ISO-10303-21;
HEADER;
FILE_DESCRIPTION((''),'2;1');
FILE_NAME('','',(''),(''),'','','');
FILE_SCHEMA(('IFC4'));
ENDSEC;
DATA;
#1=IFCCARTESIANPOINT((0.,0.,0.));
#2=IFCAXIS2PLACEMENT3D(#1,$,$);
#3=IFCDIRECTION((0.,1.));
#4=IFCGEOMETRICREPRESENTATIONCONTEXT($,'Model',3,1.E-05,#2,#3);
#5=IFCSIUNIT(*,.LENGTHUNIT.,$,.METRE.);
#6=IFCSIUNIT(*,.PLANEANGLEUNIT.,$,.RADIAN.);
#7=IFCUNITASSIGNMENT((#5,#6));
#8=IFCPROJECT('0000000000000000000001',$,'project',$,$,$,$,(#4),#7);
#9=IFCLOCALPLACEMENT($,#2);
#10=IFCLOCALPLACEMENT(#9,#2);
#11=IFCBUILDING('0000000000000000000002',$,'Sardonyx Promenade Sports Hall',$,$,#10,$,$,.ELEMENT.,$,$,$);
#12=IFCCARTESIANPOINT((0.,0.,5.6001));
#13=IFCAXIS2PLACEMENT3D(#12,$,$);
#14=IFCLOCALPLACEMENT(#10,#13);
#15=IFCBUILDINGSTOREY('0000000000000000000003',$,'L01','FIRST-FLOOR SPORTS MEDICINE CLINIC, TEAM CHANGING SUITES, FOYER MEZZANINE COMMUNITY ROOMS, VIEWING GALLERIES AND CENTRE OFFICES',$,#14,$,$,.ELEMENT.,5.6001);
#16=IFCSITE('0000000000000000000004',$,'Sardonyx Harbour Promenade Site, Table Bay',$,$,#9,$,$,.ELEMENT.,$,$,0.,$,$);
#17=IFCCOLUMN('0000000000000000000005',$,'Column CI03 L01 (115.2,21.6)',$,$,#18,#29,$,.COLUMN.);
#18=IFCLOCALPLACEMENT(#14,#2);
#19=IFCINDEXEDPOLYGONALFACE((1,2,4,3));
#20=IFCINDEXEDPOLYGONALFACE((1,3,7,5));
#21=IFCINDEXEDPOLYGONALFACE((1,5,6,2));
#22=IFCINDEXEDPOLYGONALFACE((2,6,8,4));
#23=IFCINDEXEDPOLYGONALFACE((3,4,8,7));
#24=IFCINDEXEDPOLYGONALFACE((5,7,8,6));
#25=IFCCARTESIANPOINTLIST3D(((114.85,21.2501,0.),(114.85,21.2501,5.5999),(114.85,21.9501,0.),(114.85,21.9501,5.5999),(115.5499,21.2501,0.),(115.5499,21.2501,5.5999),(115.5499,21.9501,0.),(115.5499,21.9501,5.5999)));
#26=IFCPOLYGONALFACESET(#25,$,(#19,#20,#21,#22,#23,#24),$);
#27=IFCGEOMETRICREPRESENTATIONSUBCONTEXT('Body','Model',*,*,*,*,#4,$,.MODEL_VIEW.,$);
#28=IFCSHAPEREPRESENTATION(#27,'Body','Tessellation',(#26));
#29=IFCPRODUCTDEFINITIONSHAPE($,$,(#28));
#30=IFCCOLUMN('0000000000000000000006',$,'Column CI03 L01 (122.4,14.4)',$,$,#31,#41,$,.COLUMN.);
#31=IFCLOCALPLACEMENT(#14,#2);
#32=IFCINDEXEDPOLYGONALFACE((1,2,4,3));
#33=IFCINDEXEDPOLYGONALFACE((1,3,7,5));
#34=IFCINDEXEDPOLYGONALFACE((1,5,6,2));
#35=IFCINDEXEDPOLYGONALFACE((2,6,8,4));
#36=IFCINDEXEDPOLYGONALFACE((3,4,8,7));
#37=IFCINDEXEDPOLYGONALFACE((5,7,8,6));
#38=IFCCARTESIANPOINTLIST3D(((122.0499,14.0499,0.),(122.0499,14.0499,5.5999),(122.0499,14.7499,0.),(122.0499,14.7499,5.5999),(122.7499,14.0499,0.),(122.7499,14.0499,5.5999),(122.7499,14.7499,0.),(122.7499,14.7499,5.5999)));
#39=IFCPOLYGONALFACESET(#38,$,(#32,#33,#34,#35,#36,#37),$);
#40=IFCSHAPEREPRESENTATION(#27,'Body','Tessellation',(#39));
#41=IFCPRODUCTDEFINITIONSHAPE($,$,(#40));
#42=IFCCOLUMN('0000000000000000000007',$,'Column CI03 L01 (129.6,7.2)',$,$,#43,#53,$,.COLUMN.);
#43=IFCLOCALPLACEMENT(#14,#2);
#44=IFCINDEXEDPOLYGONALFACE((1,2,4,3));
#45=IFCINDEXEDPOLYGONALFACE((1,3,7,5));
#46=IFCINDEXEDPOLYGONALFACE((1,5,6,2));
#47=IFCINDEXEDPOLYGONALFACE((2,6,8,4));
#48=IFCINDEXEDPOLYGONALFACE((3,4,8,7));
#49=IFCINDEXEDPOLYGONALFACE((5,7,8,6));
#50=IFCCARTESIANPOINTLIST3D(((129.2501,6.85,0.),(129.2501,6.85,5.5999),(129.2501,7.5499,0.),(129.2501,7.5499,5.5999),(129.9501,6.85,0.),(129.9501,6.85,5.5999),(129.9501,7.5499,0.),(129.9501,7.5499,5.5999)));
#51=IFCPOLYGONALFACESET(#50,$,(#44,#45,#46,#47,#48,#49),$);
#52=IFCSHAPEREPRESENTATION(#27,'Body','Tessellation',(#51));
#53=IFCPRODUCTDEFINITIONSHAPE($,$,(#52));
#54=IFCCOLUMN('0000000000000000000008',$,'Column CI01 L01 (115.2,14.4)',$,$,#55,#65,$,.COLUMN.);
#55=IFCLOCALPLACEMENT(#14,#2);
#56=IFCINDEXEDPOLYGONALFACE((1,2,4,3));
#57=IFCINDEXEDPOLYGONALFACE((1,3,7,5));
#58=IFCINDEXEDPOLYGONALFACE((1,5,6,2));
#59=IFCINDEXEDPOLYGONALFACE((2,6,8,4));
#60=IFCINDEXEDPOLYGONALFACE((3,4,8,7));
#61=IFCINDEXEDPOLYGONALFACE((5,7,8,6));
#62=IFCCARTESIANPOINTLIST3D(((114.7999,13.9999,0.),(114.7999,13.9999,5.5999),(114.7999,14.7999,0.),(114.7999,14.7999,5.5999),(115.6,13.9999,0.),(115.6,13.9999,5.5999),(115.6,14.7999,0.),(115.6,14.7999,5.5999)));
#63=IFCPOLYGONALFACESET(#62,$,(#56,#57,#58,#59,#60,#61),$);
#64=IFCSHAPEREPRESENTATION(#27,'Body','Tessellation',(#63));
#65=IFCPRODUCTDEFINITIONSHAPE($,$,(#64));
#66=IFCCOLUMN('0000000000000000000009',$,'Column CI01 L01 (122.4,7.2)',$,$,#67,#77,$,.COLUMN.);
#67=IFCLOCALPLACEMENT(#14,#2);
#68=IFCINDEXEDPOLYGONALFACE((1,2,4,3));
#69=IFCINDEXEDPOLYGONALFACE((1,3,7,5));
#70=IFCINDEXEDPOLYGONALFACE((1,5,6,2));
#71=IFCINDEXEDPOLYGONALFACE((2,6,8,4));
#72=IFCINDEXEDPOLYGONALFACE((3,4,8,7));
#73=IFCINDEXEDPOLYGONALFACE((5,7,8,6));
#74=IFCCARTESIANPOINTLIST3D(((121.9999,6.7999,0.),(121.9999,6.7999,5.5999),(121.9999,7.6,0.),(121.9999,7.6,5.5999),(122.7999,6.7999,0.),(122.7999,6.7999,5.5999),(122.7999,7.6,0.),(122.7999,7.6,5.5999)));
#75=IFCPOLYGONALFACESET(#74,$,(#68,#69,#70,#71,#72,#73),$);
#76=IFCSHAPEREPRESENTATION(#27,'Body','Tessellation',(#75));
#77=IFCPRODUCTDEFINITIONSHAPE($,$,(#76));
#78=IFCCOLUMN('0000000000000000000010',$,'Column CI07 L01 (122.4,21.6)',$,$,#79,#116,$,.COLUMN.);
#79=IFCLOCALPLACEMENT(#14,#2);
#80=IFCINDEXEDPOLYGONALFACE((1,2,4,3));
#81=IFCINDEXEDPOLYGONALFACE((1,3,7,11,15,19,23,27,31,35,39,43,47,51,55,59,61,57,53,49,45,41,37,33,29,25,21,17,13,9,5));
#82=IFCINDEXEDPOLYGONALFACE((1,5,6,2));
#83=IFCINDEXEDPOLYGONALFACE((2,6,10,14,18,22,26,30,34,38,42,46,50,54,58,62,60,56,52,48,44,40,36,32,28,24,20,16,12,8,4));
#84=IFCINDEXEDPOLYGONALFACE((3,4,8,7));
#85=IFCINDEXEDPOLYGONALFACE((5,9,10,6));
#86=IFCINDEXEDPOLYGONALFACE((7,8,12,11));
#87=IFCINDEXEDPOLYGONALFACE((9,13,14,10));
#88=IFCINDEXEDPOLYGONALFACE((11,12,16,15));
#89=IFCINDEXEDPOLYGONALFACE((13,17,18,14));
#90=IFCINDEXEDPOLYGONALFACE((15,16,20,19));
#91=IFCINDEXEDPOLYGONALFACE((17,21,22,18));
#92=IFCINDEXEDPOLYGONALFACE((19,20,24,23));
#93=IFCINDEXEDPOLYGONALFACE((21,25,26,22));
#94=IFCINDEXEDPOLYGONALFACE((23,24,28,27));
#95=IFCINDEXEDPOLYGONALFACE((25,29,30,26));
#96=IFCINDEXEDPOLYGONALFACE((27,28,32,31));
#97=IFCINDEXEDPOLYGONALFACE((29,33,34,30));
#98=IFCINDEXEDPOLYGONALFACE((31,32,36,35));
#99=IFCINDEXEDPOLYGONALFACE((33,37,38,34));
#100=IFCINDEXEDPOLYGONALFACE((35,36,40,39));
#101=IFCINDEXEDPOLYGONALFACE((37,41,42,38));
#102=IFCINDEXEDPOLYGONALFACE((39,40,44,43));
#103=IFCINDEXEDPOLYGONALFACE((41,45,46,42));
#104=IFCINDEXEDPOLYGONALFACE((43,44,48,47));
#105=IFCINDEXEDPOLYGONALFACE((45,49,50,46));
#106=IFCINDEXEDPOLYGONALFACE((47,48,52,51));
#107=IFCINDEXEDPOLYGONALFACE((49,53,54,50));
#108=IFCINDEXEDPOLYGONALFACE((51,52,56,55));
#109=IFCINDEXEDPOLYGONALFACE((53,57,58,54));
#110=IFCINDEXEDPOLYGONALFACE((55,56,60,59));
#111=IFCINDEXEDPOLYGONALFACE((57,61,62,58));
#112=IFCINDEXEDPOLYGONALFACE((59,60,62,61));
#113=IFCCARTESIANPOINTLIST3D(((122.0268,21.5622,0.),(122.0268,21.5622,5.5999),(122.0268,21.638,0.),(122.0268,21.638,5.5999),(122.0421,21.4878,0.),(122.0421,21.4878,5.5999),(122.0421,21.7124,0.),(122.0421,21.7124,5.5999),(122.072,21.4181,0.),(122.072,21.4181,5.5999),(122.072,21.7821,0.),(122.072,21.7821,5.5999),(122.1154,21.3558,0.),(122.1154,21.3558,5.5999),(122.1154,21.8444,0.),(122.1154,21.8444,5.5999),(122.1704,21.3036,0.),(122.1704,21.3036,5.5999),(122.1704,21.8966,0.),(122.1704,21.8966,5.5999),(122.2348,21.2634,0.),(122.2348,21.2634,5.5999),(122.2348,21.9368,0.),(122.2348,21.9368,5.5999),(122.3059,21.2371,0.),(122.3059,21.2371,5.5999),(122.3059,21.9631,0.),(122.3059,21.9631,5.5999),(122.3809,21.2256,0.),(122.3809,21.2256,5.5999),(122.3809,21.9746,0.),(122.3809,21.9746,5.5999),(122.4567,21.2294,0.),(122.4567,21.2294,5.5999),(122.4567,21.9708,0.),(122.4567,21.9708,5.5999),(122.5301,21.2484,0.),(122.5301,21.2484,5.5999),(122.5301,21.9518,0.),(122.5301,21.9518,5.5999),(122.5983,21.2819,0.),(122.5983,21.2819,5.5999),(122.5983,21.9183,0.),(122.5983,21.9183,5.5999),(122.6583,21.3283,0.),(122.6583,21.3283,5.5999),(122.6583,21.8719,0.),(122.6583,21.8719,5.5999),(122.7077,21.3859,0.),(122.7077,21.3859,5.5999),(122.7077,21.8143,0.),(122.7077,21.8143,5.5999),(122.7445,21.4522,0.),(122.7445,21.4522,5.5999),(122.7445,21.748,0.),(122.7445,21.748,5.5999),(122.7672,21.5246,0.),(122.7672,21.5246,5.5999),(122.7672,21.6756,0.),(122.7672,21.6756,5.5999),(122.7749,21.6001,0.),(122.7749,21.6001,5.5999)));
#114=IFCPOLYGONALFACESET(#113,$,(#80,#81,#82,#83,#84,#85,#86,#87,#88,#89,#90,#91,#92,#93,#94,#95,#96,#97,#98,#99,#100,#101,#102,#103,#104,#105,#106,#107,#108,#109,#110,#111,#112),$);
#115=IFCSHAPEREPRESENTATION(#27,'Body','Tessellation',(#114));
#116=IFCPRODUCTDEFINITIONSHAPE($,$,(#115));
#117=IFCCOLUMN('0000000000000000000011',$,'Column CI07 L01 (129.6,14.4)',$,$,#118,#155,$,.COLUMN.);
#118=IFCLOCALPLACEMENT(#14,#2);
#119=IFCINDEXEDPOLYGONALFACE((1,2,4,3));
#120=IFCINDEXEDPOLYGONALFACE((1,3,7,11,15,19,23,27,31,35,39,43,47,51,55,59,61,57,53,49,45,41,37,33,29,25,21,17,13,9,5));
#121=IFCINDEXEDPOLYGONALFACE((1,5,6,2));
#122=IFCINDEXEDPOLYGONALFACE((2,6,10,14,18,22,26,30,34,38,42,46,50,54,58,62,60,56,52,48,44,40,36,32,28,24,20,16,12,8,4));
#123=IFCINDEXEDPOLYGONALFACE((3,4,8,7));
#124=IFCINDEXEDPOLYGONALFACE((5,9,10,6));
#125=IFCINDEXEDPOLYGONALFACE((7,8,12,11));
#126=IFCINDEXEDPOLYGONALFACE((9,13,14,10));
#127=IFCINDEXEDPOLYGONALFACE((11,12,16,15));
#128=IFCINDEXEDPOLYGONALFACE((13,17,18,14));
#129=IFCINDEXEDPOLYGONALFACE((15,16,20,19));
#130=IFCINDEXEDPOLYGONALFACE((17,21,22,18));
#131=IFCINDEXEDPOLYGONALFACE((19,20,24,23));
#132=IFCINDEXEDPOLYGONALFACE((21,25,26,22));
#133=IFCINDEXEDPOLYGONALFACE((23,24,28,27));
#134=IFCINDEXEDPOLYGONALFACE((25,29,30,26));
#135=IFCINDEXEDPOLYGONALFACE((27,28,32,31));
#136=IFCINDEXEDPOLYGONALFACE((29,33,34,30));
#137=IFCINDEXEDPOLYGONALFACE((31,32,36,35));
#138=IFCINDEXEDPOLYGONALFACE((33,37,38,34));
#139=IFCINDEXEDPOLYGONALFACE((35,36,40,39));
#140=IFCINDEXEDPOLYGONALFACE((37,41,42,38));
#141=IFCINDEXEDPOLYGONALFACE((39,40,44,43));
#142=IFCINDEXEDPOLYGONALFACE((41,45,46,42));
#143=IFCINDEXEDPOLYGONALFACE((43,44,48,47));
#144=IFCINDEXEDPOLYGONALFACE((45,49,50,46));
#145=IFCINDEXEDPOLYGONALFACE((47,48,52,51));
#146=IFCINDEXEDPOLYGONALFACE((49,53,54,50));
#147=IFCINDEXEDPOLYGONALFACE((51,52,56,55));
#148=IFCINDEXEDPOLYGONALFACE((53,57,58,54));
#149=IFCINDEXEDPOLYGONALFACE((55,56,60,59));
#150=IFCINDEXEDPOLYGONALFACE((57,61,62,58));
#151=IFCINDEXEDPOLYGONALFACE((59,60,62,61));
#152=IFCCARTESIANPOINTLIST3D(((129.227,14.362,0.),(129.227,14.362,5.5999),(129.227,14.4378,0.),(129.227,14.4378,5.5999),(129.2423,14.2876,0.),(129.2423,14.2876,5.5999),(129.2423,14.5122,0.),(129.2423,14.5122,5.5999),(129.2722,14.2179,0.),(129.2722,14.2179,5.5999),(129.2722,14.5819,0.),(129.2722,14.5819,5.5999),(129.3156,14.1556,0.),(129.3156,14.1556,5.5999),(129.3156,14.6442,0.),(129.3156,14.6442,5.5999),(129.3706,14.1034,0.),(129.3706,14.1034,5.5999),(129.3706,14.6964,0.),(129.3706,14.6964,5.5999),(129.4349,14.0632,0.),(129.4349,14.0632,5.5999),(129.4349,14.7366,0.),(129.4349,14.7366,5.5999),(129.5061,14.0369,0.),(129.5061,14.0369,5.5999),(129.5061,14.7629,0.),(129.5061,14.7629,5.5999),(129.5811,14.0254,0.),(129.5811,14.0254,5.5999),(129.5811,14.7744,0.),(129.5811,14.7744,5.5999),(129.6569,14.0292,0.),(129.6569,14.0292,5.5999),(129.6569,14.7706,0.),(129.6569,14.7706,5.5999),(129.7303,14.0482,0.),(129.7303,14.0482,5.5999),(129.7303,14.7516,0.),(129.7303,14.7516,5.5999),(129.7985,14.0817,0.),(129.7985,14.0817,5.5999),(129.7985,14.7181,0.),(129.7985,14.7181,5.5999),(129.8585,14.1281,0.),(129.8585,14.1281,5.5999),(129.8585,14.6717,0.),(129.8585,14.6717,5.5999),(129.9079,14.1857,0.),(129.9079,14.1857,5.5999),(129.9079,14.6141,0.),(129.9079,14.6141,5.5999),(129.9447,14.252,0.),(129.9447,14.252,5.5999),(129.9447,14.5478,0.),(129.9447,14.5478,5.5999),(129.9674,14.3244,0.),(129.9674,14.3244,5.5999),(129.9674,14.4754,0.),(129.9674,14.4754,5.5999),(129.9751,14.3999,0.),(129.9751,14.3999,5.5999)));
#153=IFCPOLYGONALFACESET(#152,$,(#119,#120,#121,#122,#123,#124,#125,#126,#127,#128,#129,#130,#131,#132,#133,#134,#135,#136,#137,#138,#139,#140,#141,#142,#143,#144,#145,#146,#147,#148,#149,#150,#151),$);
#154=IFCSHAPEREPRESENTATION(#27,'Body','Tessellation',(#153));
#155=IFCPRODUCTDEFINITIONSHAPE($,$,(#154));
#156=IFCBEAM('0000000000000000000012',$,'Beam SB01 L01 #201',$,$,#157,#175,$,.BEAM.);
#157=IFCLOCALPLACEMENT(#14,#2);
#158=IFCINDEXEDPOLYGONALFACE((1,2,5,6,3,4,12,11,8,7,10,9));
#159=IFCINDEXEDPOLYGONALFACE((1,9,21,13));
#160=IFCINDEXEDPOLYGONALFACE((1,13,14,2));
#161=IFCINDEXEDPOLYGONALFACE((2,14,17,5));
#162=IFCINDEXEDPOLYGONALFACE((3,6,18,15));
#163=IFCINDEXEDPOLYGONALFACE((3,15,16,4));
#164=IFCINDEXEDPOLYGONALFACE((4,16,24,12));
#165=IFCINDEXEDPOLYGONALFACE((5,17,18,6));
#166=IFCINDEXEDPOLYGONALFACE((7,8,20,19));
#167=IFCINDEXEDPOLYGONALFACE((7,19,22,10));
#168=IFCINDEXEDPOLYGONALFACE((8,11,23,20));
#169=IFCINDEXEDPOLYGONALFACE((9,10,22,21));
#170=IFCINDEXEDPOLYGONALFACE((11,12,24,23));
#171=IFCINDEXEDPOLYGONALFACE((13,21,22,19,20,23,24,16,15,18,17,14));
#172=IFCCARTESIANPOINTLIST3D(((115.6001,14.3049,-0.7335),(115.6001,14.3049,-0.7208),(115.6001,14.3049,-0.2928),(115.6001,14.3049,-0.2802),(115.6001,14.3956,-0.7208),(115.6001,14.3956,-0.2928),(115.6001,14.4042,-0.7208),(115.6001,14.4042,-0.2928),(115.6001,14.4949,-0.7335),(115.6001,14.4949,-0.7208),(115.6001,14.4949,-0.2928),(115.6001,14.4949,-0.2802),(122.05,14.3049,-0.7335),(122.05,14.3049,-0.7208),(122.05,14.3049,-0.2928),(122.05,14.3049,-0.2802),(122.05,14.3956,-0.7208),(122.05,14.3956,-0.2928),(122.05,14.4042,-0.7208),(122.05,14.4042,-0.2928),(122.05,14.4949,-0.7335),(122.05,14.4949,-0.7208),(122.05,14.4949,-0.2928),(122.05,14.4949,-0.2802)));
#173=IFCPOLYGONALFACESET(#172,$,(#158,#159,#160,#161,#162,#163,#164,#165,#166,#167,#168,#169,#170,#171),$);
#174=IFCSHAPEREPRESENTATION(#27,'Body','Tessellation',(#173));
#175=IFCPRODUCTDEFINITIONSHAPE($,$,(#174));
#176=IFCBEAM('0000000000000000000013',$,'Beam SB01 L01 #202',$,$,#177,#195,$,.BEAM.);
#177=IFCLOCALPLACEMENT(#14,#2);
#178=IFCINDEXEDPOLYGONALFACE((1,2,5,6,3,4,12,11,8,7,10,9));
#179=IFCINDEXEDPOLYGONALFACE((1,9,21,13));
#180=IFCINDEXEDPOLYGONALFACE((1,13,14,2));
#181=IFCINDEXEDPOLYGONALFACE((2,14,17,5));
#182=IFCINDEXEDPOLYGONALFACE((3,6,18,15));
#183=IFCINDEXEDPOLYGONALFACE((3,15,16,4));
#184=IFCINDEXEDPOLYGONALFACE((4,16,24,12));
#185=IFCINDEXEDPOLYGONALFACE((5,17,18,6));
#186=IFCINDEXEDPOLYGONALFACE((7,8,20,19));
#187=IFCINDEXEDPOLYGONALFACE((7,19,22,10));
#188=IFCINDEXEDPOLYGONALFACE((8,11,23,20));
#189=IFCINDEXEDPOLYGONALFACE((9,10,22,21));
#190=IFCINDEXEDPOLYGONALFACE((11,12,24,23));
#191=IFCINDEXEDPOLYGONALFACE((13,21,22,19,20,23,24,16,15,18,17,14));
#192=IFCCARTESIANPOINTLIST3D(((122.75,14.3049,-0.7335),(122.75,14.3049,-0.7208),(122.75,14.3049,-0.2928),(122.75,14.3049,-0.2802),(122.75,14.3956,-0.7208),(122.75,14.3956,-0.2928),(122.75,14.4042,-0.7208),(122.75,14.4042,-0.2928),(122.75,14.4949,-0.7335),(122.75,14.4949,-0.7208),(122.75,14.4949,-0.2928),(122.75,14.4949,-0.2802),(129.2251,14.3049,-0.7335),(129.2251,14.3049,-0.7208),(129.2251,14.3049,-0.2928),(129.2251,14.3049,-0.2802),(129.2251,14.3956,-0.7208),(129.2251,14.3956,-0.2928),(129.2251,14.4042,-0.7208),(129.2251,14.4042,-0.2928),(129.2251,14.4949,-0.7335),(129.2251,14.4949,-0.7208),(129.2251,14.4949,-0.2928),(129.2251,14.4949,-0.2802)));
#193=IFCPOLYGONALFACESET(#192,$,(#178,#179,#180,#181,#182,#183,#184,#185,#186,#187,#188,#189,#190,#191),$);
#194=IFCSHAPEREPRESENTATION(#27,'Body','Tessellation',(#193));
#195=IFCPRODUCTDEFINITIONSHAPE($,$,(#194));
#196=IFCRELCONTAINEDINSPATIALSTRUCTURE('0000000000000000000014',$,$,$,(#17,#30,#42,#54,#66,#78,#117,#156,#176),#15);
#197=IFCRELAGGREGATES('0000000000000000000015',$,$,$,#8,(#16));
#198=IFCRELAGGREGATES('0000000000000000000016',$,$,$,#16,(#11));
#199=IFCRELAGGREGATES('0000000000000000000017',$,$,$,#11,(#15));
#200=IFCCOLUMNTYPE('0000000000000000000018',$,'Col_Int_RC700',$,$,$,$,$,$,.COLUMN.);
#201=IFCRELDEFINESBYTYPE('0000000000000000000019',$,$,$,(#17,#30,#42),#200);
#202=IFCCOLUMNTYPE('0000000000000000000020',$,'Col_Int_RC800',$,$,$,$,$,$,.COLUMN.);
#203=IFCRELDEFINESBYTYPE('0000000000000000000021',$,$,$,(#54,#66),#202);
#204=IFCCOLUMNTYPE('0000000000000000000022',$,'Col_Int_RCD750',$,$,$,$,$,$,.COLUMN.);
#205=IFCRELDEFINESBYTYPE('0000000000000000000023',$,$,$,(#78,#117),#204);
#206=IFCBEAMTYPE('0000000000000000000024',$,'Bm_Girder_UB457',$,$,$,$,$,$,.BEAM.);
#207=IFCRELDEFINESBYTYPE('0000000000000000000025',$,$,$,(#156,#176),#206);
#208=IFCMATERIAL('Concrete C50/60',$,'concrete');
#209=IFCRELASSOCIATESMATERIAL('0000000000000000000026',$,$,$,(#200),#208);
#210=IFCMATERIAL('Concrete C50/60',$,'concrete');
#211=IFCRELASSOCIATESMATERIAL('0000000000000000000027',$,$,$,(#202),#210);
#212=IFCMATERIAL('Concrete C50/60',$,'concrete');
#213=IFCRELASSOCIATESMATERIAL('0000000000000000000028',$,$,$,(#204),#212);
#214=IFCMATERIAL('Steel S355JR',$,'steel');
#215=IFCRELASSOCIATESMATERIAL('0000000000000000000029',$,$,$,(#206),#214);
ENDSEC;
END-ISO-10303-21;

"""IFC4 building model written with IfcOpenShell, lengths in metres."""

from ifc_helpers import new_model, si_unit, direction, frame, origin, origin_2d, place, context, subcontext, project, spatial, rectangle, circle, i_section, extrude, material, material_profile, profile_set, type_object, element, save


model = new_model("IFC4")

# Units and contexts
model_context = context("Model", 3, precision=1e-05, world=origin(), true_north=direction((0.0, 1.0)))
body_context = subcontext(model_context, "Body", "Model", "MODEL_VIEW")
ifc_project = project(units=[si_unit("LENGTHUNIT", "METRE"), si_unit("PLANEANGLEUNIT", "RADIAN")], contexts=[model_context])

# Site, building, storey
site_placement = place(None, origin())
site = spatial("IfcSite", under=ifc_project, at=site_placement, Name="Sardonyx Harbour Promenade Site, Table Bay", CompositionType="ELEMENT", RefElevation=0.0)
building_placement = place(site_placement, origin())
building = spatial("IfcBuilding", under=site, at=building_placement, Name="Sardonyx Promenade Sports Hall", CompositionType="ELEMENT")
storey_placement = place(building_placement, frame((0.0, 0.0, 5.6001)))
storey = spatial("IfcBuildingStorey", under=building, at=storey_placement, Name="L01", Description="FIRST-FLOOR SPORTS MEDICINE CLINIC, TEAM CHANGING SUITES, FOYER MEZZANINE COMMUNITY ROOMS, VIEWING GALLERIES AND CENTRE OFFICES", CompositionType="ELEMENT", Elevation=5.6001)

# Columns
ifc_material_1 = material(Name="Concrete C50/60", Category="concrete")
ifc_material_profile_1 = material_profile(ifc_material_1, rectangle(XDim=0.7, YDim=0.7, at=origin_2d()))
ifc_profile_set_1 = profile_set([ifc_material_profile_1], Name="Concrete C50/60")
column_type_1 = type_object("IfcColumnType", Name="Col_Int_RC700", PredefinedType="COLUMN", material=ifc_profile_set_1)
for number, where, z_axis, x_axis, name in (
    (1, (115.2, 21.6001, 0.0), (0.0, 0.0, 1.0), (1.0, 0.0, 0.0), "Column CI03 L01 (115.2,21.6)"),
    (2, (122.3999, 14.3999, 0.0), (0.0, 0.0, 1.0), (1.0, 0.0, 0.0), "Column CI03 L01 (122.4,14.4)"),
    (3, (129.6001, 7.2, 0.0), (0.0, 0.0, 1.0), (1.0, 0.0, 0.0), "Column CI03 L01 (129.6,7.2)"),
):
    element("IfcColumn", number, at=place(storey_placement, frame(where, z_axis=z_axis, x_axis=x_axis)), inside=storey, type_object=column_type_1, Name=name, PredefinedType="COLUMN", context=body_context, shape_type="SweptSolid", body=[
        extrude(rectangle(XDim=0.7, YDim=0.7, at=origin_2d()), origin(), (0.0, 0.0, 1.0), 5.5999),
    ])
ifc_material_2 = material(Name="Concrete C50/60", Category="concrete")
ifc_material_profile_2 = material_profile(ifc_material_2, rectangle(XDim=0.8, YDim=0.8, at=origin_2d()))
ifc_profile_set_2 = profile_set([ifc_material_profile_2], Name="Concrete C50/60")
column_type_2 = type_object("IfcColumnType", Name="Col_Int_RC800", PredefinedType="COLUMN", material=ifc_profile_set_2)
for number, where, z_axis, x_axis, name in (
    (4, (115.2, 14.3999, 0.0), (0.0, 0.0, 1.0), (1.0, 0.0, 0.0), "Column CI01 L01 (115.2,14.4)"),
    (5, (122.3999, 7.2, 0.0), (0.0, 0.0, 1.0), (1.0, 0.0, 0.0), "Column CI01 L01 (122.4,7.2)"),
):
    element("IfcColumn", number, at=place(storey_placement, frame(where, z_axis=z_axis, x_axis=x_axis)), inside=storey, type_object=column_type_2, Name=name, PredefinedType="COLUMN", context=body_context, shape_type="SweptSolid", body=[
        extrude(rectangle(XDim=0.8, YDim=0.8, at=origin_2d()), origin(), (0.0, 0.0, 1.0), 5.5999),
    ])
ifc_material_3 = material(Name="Concrete C50/60", Category="concrete")
ifc_material_profile_3 = material_profile(ifc_material_3, circle(Radius=0.375, at=origin_2d()))
ifc_profile_set_3 = profile_set([ifc_material_profile_3], Name="Concrete C50/60")
column_type_3 = type_object("IfcColumnType", Name="Col_Int_RCD750", PredefinedType="COLUMN", material=ifc_profile_set_3)
for number, where, z_axis, x_axis, name in (
    (6, (122.3999, 21.6001, 0.0), (0.0, 0.0, 1.0), (1.0, 0.0, 0.0), "Column CI07 L01 (122.4,21.6)"),
    (7, (129.6001, 14.3999, 0.0), (0.0, 0.0, 1.0), (1.0, 0.0, 0.0), "Column CI07 L01 (129.6,14.4)"),
):
    element("IfcColumn", number, at=place(storey_placement, frame(where, z_axis=z_axis, x_axis=x_axis)), inside=storey, type_object=column_type_3, Name=name, PredefinedType="COLUMN", context=body_context, shape_type="SweptSolid", body=[
        extrude(circle(Radius=0.375, at=origin_2d()), origin(), (0.0, 0.0, 1.0), 5.5999),
    ])

# Beams
ifc_material_4 = material(Name="Steel S355JR", Category="steel")
ifc_material_profile_4 = material_profile(ifc_material_4, i_section(OverallWidth=0.1899, OverallDepth=0.4534, WebThickness=0.0085, FlangeThickness=0.0127, at=origin_2d()))
ifc_profile_set_4 = profile_set([ifc_material_profile_4], Name="Steel S355JR")
beam_type_1 = type_object("IfcBeamType", Name="Bm_Girder_UB457", PredefinedType="BEAM", material=ifc_profile_set_4)
beam_1_placement = place(storey_placement, frame((115.6001, 14.3999, -0.5068), z_axis=(1.0, 0.0, 0.0), x_axis=(0.0, 1.0, 0.0)))
element("IfcBeam", 8, at=beam_1_placement, inside=storey, type_object=beam_type_1, Name="Beam SB01 L01 #201", PredefinedType="BEAM", context=body_context, shape_type="SweptSolid", body=[
    extrude(i_section(OverallWidth=0.1899, OverallDepth=0.4534, WebThickness=0.0085, FlangeThickness=0.0127, at=origin_2d()), origin(), (0.0, 0.0, 1.0), 6.45),
])
beam_2_placement = place(storey_placement, frame((122.75, 14.3999, -0.5068), z_axis=(1.0, 0.0, 0.0), x_axis=(0.0, 1.0, 0.0)))
element("IfcBeam", 9, at=beam_2_placement, inside=storey, type_object=beam_type_1, Name="Beam SB01 L01 #202", PredefinedType="BEAM", context=body_context, shape_type="SweptSolid", body=[
    extrude(i_section(OverallWidth=0.1899, OverallDepth=0.4534, WebThickness=0.0085, FlangeThickness=0.0127, at=origin_2d()), origin(), (0.0, 0.0, 1.0), 6.4751),
])

save(model, "model.ifc")
